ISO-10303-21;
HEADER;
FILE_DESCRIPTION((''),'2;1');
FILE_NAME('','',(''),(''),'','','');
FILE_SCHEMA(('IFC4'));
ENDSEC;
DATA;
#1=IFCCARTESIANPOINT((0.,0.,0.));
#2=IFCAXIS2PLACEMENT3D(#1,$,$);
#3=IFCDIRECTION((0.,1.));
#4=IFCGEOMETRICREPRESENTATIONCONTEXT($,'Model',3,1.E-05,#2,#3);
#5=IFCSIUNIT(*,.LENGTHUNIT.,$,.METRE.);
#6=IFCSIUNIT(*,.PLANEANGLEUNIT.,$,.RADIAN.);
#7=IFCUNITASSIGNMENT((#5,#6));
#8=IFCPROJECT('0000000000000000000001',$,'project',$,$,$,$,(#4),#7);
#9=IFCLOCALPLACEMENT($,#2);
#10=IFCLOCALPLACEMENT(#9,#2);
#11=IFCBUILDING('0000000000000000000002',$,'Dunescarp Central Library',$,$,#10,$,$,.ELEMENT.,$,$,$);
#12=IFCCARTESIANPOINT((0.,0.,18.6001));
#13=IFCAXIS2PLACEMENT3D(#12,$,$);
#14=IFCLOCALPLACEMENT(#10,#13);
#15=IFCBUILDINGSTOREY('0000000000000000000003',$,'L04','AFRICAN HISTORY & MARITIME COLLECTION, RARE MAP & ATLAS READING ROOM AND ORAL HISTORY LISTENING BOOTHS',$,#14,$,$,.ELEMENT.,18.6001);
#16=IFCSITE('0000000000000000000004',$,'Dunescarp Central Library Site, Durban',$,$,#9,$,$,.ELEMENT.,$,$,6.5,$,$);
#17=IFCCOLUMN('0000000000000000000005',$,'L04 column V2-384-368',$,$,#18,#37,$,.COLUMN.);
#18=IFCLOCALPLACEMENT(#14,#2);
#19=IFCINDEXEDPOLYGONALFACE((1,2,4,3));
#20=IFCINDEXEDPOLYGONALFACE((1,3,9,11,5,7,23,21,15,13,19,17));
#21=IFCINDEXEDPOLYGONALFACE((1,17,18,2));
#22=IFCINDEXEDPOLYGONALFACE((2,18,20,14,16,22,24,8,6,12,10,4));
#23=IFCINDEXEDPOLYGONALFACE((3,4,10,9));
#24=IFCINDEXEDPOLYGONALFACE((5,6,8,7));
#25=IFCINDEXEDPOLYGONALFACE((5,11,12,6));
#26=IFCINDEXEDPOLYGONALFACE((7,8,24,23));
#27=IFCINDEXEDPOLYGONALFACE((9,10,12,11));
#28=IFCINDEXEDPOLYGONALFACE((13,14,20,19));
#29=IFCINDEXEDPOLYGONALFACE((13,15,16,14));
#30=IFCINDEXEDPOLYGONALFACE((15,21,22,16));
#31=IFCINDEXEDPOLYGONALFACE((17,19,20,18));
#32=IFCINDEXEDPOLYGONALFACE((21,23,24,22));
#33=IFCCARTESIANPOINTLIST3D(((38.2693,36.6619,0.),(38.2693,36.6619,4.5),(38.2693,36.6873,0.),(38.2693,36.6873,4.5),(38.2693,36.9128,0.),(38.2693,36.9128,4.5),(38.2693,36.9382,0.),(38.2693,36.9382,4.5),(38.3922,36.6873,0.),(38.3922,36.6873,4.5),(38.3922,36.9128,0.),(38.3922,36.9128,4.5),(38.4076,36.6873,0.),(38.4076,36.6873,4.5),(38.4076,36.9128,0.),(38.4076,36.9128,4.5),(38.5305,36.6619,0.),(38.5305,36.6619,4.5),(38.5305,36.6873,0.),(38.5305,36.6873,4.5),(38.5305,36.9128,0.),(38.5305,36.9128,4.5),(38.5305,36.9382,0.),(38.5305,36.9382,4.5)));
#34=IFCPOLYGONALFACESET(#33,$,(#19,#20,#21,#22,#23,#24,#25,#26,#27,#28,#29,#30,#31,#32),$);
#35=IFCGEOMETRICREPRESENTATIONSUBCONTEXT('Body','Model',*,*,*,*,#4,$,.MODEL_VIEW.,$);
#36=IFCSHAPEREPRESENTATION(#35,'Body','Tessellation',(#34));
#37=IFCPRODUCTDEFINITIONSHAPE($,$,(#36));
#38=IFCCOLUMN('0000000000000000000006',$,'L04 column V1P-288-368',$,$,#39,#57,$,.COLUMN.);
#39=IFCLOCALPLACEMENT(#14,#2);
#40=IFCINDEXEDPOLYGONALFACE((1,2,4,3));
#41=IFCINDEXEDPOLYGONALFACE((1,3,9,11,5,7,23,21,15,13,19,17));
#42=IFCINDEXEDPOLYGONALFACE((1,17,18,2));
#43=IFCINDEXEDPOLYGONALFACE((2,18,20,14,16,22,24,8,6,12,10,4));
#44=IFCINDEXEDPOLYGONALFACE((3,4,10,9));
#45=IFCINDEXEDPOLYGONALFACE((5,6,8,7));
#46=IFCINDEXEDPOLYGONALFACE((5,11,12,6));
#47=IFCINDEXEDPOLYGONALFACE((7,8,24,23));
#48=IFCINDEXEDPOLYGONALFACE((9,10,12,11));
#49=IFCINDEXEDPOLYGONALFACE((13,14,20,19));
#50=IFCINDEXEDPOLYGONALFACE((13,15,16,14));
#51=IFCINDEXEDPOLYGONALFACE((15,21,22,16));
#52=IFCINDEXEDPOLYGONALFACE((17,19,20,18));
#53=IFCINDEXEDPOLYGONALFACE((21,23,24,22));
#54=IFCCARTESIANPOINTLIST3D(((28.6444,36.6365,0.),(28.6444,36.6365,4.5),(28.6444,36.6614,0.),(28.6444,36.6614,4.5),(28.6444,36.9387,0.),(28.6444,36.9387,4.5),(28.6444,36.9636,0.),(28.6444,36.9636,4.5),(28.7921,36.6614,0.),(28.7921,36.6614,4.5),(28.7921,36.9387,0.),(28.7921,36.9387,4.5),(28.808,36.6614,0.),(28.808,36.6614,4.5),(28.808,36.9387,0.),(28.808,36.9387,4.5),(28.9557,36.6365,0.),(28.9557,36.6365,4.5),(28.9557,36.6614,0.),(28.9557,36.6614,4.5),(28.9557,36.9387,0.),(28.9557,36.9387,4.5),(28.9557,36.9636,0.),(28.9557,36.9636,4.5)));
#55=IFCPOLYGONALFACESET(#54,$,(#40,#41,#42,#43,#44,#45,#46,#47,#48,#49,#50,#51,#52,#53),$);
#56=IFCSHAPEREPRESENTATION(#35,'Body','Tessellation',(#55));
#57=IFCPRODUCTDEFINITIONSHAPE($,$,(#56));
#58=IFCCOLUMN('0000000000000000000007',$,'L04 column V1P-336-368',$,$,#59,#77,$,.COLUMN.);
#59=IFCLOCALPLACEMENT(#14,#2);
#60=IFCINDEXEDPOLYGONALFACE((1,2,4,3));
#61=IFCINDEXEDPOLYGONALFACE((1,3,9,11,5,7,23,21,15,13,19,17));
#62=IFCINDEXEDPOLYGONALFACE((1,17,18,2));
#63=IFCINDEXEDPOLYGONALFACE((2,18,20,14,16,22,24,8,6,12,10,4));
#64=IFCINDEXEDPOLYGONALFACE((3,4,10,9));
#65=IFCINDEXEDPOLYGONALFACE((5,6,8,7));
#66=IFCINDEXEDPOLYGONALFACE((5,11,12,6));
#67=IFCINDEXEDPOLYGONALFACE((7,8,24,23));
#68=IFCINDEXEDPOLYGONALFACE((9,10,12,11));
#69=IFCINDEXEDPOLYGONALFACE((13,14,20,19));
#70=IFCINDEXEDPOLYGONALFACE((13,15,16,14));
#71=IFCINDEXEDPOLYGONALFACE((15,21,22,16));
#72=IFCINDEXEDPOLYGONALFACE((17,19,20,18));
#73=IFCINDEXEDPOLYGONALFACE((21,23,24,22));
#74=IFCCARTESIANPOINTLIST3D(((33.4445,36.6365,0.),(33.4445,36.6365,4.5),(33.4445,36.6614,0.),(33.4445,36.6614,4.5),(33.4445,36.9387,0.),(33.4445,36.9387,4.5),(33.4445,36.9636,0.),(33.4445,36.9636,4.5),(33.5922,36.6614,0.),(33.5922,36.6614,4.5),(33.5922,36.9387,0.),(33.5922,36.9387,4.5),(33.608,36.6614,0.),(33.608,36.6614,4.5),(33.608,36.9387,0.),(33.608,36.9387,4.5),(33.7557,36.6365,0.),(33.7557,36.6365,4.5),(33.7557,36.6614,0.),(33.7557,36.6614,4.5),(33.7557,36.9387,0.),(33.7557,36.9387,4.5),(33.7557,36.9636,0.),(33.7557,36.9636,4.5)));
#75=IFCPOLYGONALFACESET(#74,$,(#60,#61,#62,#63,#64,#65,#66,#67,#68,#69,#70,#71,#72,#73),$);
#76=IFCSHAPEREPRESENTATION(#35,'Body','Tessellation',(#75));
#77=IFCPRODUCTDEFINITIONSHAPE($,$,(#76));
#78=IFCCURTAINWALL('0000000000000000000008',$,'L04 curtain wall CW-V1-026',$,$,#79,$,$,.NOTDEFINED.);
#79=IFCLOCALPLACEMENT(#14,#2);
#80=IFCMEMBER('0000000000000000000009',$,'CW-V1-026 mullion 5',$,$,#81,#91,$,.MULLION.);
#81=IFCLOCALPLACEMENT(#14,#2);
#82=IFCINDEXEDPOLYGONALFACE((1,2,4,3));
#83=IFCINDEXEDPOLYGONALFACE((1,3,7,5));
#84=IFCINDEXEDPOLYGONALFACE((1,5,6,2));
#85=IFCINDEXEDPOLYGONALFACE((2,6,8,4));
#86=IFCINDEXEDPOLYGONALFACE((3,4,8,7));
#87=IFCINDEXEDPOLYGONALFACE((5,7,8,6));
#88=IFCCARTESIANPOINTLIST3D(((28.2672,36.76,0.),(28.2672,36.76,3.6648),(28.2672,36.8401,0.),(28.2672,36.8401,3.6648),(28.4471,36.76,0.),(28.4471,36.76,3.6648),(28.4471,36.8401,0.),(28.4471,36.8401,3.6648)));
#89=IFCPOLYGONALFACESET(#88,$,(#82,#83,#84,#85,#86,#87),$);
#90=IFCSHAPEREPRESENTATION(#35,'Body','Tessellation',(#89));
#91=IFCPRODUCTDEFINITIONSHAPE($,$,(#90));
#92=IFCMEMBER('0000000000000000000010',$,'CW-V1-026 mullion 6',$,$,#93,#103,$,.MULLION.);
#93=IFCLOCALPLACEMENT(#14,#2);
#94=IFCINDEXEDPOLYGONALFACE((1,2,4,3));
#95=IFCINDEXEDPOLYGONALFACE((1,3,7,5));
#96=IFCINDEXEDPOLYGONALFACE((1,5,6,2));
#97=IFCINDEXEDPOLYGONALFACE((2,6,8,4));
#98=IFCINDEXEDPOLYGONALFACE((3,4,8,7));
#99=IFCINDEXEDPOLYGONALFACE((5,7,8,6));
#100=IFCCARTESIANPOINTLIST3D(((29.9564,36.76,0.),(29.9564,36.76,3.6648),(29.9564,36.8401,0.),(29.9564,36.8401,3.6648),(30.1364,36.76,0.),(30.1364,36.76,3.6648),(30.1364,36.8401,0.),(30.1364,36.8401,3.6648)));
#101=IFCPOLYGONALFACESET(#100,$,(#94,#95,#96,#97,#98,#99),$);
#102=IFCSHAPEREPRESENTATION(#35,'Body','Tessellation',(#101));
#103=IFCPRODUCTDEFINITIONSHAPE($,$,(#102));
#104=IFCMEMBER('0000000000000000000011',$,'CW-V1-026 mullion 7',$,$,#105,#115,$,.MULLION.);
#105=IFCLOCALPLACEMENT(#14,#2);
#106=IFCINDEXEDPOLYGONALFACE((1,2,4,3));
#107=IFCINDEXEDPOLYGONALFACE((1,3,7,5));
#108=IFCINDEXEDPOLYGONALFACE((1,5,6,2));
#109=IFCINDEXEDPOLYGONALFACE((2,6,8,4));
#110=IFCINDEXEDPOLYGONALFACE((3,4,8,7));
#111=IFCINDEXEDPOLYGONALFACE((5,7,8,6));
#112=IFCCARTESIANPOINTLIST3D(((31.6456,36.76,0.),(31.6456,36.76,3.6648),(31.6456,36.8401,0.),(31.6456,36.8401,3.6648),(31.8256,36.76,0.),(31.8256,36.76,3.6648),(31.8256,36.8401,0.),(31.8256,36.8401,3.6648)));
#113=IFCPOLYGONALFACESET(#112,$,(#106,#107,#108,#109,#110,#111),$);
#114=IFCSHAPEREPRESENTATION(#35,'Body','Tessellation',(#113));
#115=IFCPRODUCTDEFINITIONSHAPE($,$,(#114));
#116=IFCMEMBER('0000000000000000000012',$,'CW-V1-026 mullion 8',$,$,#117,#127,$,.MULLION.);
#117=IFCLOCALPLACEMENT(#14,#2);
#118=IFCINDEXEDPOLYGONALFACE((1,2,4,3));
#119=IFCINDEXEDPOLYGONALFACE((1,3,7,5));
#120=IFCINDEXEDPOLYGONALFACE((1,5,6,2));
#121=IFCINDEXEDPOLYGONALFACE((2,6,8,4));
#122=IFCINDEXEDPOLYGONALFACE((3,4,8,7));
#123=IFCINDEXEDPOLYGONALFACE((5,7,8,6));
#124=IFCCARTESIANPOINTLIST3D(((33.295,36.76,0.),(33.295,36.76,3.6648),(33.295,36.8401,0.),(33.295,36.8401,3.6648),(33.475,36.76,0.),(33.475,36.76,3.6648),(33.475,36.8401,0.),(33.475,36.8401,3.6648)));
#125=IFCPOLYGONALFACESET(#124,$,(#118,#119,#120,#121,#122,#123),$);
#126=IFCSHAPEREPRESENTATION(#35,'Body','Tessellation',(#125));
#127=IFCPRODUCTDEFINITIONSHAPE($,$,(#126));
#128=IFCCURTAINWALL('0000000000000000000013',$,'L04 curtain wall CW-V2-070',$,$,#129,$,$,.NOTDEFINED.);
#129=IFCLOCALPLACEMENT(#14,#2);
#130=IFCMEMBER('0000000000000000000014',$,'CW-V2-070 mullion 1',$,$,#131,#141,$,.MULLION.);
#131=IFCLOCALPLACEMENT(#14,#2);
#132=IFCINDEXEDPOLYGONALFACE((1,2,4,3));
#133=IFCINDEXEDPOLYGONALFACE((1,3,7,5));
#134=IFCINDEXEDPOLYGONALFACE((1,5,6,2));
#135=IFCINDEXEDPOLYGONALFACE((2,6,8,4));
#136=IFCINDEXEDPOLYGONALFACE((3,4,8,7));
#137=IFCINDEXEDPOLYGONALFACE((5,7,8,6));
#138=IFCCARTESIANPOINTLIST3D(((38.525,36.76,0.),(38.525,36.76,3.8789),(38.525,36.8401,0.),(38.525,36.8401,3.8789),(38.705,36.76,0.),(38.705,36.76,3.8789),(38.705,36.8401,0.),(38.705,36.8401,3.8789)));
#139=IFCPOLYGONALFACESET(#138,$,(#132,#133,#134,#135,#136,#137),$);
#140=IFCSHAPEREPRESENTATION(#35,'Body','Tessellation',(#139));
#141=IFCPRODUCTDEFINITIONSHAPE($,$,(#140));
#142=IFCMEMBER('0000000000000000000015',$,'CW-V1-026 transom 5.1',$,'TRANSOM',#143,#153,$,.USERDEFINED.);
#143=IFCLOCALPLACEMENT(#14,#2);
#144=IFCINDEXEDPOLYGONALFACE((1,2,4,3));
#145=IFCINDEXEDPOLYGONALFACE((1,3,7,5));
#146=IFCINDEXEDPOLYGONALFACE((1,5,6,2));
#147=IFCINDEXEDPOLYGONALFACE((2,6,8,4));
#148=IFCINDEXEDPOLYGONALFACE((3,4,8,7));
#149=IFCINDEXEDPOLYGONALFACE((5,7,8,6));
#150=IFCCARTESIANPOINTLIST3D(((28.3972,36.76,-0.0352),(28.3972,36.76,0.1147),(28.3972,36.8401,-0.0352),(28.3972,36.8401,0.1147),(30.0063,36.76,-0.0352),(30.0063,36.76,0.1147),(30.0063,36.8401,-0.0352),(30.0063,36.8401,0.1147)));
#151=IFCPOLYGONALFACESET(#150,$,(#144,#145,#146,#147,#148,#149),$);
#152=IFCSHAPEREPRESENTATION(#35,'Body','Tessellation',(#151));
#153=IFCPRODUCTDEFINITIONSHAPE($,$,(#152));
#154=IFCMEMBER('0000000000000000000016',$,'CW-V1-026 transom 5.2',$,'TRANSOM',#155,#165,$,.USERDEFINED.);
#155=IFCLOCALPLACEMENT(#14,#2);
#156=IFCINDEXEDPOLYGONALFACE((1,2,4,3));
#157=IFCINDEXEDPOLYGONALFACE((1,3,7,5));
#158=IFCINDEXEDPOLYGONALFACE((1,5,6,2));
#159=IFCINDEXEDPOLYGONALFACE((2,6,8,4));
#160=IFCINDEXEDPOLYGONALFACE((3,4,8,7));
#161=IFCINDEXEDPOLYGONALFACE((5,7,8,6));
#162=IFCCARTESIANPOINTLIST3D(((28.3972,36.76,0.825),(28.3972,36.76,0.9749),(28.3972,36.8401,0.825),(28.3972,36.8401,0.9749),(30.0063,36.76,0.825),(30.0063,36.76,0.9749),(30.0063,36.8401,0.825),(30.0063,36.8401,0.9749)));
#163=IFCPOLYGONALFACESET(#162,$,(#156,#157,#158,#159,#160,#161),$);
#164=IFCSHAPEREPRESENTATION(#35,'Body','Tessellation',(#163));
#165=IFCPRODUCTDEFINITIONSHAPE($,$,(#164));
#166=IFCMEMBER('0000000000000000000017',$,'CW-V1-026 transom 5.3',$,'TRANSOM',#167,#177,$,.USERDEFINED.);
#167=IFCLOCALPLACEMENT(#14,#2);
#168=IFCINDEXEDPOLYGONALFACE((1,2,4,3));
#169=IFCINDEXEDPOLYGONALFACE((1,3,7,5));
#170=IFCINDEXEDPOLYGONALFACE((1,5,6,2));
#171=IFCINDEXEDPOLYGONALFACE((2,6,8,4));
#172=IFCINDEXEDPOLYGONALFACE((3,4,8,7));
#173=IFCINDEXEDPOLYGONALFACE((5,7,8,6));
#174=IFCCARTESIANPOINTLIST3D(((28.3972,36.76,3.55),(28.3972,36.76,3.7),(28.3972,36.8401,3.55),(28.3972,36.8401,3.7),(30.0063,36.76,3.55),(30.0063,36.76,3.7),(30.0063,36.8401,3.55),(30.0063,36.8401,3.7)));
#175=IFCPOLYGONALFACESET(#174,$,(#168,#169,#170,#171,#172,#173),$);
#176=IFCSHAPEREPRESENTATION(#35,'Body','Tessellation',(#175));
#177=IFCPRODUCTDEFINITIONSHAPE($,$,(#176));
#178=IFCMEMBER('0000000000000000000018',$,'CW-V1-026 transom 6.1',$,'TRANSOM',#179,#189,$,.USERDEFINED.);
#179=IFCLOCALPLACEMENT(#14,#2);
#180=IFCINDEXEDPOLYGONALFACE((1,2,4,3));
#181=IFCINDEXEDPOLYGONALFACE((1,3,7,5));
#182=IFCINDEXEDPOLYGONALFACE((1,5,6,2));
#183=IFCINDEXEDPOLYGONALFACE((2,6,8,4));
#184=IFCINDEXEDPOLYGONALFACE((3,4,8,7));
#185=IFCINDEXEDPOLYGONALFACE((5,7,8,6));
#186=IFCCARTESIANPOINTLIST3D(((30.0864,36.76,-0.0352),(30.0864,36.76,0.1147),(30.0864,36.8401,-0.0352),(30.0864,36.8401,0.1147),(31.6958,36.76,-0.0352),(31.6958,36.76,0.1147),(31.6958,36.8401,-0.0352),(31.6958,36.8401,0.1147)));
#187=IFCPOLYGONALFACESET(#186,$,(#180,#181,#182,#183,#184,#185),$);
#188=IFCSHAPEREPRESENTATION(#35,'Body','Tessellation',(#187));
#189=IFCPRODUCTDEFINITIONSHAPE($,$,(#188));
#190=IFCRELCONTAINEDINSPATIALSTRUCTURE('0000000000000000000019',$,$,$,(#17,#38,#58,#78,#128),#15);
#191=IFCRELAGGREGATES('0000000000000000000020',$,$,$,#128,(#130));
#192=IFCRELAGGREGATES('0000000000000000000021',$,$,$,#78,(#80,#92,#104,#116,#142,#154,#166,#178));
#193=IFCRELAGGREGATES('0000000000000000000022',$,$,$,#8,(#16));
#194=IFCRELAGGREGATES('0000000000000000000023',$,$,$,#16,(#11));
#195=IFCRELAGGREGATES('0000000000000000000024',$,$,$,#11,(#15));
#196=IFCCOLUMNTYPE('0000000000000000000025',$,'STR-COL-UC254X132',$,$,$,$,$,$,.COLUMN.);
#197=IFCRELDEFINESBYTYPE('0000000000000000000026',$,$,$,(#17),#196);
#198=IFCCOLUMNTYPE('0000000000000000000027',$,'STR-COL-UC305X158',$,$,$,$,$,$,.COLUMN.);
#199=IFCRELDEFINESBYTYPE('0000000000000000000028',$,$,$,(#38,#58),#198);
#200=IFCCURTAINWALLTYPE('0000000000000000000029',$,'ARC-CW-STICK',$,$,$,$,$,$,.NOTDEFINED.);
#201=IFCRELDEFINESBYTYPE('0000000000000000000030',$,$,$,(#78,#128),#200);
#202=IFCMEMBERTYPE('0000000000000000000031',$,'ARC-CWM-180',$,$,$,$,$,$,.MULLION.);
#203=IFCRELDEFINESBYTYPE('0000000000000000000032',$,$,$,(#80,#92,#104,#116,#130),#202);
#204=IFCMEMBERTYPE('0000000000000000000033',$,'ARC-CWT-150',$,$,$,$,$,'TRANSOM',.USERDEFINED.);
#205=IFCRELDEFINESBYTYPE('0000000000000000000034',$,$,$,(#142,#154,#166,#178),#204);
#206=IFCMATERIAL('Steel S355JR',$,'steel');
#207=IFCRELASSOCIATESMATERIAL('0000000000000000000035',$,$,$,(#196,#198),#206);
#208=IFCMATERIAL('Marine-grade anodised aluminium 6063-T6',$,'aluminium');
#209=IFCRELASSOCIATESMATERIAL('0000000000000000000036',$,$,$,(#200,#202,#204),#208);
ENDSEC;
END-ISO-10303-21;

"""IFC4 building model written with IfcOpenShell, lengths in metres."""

from ifc_helpers import new_model, si_unit, direction, frame, origin, origin_2d, place, context, subcontext, project, spatial, rectangle, i_section, extrude, material, material_profile, profile_set, type_object, element, aggregate, save


model = new_model("IFC4")

# Units and contexts
model_context = context("Model", 3, precision=1e-05, world=origin(), true_north=direction((0.0, 1.0)))
body_context = subcontext(model_context, "Body", "Model", "MODEL_VIEW")
ifc_project = project(units=[si_unit("LENGTHUNIT", "METRE"), si_unit("PLANEANGLEUNIT", "RADIAN")], contexts=[model_context])

# Site, building, storey
site_placement = place(None, origin())
site = spatial("IfcSite", under=ifc_project, at=site_placement, Name="Dunescarp Central Library Site, Durban", CompositionType="ELEMENT", RefElevation=6.5)
building_placement = place(site_placement, origin())
building = spatial("IfcBuilding", under=site, at=building_placement, Name="Dunescarp Central Library", CompositionType="ELEMENT")
storey_placement = place(building_placement, frame((0.0, 0.0, 18.6001)))
storey = spatial("IfcBuildingStorey", under=building, at=storey_placement, Name="L04", Description="AFRICAN HISTORY & MARITIME COLLECTION, RARE MAP & ATLAS READING ROOM AND ORAL HISTORY LISTENING BOOTHS", CompositionType="ELEMENT", Elevation=18.6001)

# Columns
ifc_material_1 = material(Name="Steel S355JR", Category="steel")
ifc_material_profile_1 = material_profile(ifc_material_1, i_section(OverallWidth=0.2612, OverallDepth=0.2764, WebThickness=0.0154, FlangeThickness=0.0254, at=origin_2d()), Name="UC 254x254x132")
ifc_profile_set_1 = profile_set([ifc_material_profile_1], Name="Steel S355JR")
column_type_1 = type_object("IfcColumnType", Name="STR-COL-UC254X132", PredefinedType="COLUMN", material=ifc_profile_set_1)
column_placement = place(storey_placement, frame((38.3999, 36.8, 0.0), z_axis=(0.0, 0.0, 1.0), x_axis=(1.0, 0.0, 0.0)))
element("IfcColumn", 1, at=column_placement, inside=storey, type_object=column_type_1, Name="L04 column V2-384-368", PredefinedType="COLUMN", context=body_context, shape_type="SweptSolid", body=[
    extrude(i_section(OverallWidth=0.2612, OverallDepth=0.2764, WebThickness=0.0154, FlangeThickness=0.0254, at=origin_2d()), origin(), (0.0, 0.0, 1.0), 4.5),
])
ifc_material_profile_2 = material_profile(ifc_material_1, i_section(OverallWidth=0.3113, OverallDepth=0.3271, WebThickness=0.0159, FlangeThickness=0.0249, at=origin_2d()), Name="UC 305x305x158")
ifc_profile_set_2 = profile_set([ifc_material_profile_2], Name="Steel S355JR")
column_type_2 = type_object("IfcColumnType", Name="STR-COL-UC305X158", PredefinedType="COLUMN", material=ifc_profile_set_2)
for number, where, z_axis, x_axis, name in (
    (2, (28.8, 36.8, 0.0), (0.0, 0.0, 1.0), (1.0, 0.0, 0.0), "L04 column V1P-288-368"),
    (3, (33.6001, 36.8, 0.0), (0.0, 0.0, 1.0), (1.0, 0.0, 0.0), "L04 column V1P-336-368"),
):
    element("IfcColumn", number, at=place(storey_placement, frame(where, z_axis=z_axis, x_axis=x_axis)), inside=storey, type_object=column_type_2, Name=name, PredefinedType="COLUMN", context=body_context, shape_type="SweptSolid", body=[
        extrude(i_section(OverallWidth=0.3113, OverallDepth=0.3271, WebThickness=0.0159, FlangeThickness=0.0249, at=origin_2d()), origin(), (0.0, 0.0, 1.0), 4.5),
    ])

# Curtain wall, members
ifc_material_2 = material(Name="Marine-grade anodised aluminium 6063-T6", Category="aluminium")
curtain_wall_type = type_object("IfcCurtainWallType", Name="ARC-CW-STICK", PredefinedType="NOTDEFINED", material=ifc_material_2)
curtain_wall_1_placement = place(storey_placement, origin())
curtain_wall_1 = element("IfcCurtainWall", 4, at=curtain_wall_1_placement, inside=storey, type_object=curtain_wall_type, Name="L04 curtain wall CW-V1-026", PredefinedType="NOTDEFINED")
ifc_material_profile_3 = material_profile(ifc_material_2, rectangle(XDim=0.0801, YDim=0.1799, at=origin_2d()), Name="AL 80x180")
ifc_profile_set_3 = profile_set([ifc_material_profile_3], Name="Marine-grade anodised aluminium 6063-T6")
member_type_1 = type_object("IfcMemberType", Name="ARC-CWM-180", PredefinedType="MULLION", material=ifc_profile_set_3)
member_1_placement = place(storey_placement, frame((28.3572, 36.8, 0.0), z_axis=(0.0, 0.0, 1.0), x_axis=(0.0, 1.0, 0.0)))
member_1 = element("IfcMember", 5, at=member_1_placement, type_object=member_type_1, Name="CW-V1-026 mullion 5", PredefinedType="MULLION", context=body_context, shape_type="SweptSolid", body=[
    extrude(rectangle(XDim=0.0801, YDim=0.1799, at=origin_2d()), origin(), (0.0, 0.0, 1.0), 3.6648),
])
member_2_placement = place(storey_placement, frame((30.0464, 36.8, 0.0), z_axis=(0.0, 0.0, 1.0), x_axis=(0.0, 1.0, 0.0)))
member_2 = element("IfcMember", 6, at=member_2_placement, type_object=member_type_1, Name="CW-V1-026 mullion 6", PredefinedType="MULLION", context=body_context, shape_type="SweptSolid", body=[
    extrude(rectangle(XDim=0.0801, YDim=0.1799, at=origin_2d()), origin(), (0.0, 0.0, 1.0), 3.6648),
])
member_3_placement = place(storey_placement, frame((31.7356, 36.8, 0.0), z_axis=(0.0, 0.0, 1.0), x_axis=(0.0, 1.0, 0.0)))
member_3 = element("IfcMember", 7, at=member_3_placement, type_object=member_type_1, Name="CW-V1-026 mullion 7", PredefinedType="MULLION", context=body_context, shape_type="SweptSolid", body=[
    extrude(rectangle(XDim=0.0801, YDim=0.1799, at=origin_2d()), origin(), (0.0, 0.0, 1.0), 3.6648),
])
member_4_placement = place(storey_placement, frame((33.385, 36.8, 0.0), z_axis=(0.0, 0.0, 1.0), x_axis=(0.0, 1.0, 0.0)))
member_4 = element("IfcMember", 8, at=member_4_placement, type_object=member_type_1, Name="CW-V1-026 mullion 8", PredefinedType="MULLION", context=body_context, shape_type="SweptSolid", body=[
    extrude(rectangle(XDim=0.0801, YDim=0.1799, at=origin_2d()), origin(), (0.0, 0.0, 1.0), 3.6648),
])

# Curtain wall, member
curtain_wall_2_placement = place(storey_placement, origin())
curtain_wall_2 = element("IfcCurtainWall", 9, at=curtain_wall_2_placement, inside=storey, type_object=curtain_wall_type, Name="L04 curtain wall CW-V2-070", PredefinedType="NOTDEFINED")
member_5_placement = place(storey_placement, frame((38.615, 36.8, 0.0), z_axis=(0.0, 0.0, 1.0), x_axis=(0.0, 1.0, 0.0)))
member_5 = element("IfcMember", 10, at=member_5_placement, type_object=member_type_1, Name="CW-V2-070 mullion 1", PredefinedType="MULLION", context=body_context, shape_type="SweptSolid", body=[
    extrude(rectangle(XDim=0.0801, YDim=0.1799, at=origin_2d()), origin(), (0.0, 0.0, 1.0), 3.8789),
])

# Members
ifc_material_profile_4 = material_profile(ifc_material_2, rectangle(XDim=0.0801, YDim=0.1499, at=origin_2d()), Name="AL 80x150")
ifc_profile_set_4 = profile_set([ifc_material_profile_4], Name="Marine-grade anodised aluminium 6063-T6")
member_type_2 = type_object("IfcMemberType", Name="ARC-CWT-150", ElementType="TRANSOM", PredefinedType="USERDEFINED", material=ifc_profile_set_4)
member_6_placement = place(storey_placement, frame((28.3972, 36.8, 0.0398), z_axis=(1.0, 0.0, 0.0), x_axis=(0.0, 1.0, 0.0)))
member_6 = element("IfcMember", 11, at=member_6_placement, type_object=member_type_2, Name="CW-V1-026 transom 5.1", ObjectType="TRANSOM", PredefinedType="USERDEFINED", context=body_context, shape_type="SweptSolid", body=[
    extrude(rectangle(XDim=0.0801, YDim=0.1499, at=origin_2d()), origin(), (0.0, 0.0, 1.0), 1.6091),
])
member_7_placement = place(storey_placement, frame((28.3972, 36.8, 0.8999), z_axis=(1.0, 0.0, 0.0), x_axis=(0.0, 1.0, 0.0)))
member_7 = element("IfcMember", 12, at=member_7_placement, type_object=member_type_2, Name="CW-V1-026 transom 5.2", ObjectType="TRANSOM", PredefinedType="USERDEFINED", context=body_context, shape_type="SweptSolid", body=[
    extrude(rectangle(XDim=0.0801, YDim=0.1499, at=origin_2d()), origin(), (0.0, 0.0, 1.0), 1.6091),
])
member_8_placement = place(storey_placement, frame((28.3972, 36.8, 3.625), z_axis=(1.0, 0.0, 0.0), x_axis=(0.0, 1.0, 0.0)))
member_8 = element("IfcMember", 13, at=member_8_placement, type_object=member_type_2, Name="CW-V1-026 transom 5.3", ObjectType="TRANSOM", PredefinedType="USERDEFINED", context=body_context, shape_type="SweptSolid", body=[
    extrude(rectangle(XDim=0.0801, YDim=0.1499, at=origin_2d()), origin(), (0.0, 0.0, 1.0), 1.6091),
])
member_9_placement = place(storey_placement, frame((30.0864, 36.8, 0.0398), z_axis=(1.0, 0.0, 0.0), x_axis=(0.0, 1.0, 0.0)))
member_9 = element("IfcMember", 14, at=member_9_placement, type_object=member_type_2, Name="CW-V1-026 transom 6.1", ObjectType="TRANSOM", PredefinedType="USERDEFINED", context=body_context, shape_type="SweptSolid", body=[
    extrude(rectangle(XDim=0.0801, YDim=0.1499, at=origin_2d()), origin(), (0.0, 0.0, 1.0), 1.6094),
])
aggregate(curtain_wall_2, [member_5])

aggregate(curtain_wall_1, [member_1, member_2, member_3, member_4, member_6, member_7, member_8, member_9])

save(model, "model.ifc")
